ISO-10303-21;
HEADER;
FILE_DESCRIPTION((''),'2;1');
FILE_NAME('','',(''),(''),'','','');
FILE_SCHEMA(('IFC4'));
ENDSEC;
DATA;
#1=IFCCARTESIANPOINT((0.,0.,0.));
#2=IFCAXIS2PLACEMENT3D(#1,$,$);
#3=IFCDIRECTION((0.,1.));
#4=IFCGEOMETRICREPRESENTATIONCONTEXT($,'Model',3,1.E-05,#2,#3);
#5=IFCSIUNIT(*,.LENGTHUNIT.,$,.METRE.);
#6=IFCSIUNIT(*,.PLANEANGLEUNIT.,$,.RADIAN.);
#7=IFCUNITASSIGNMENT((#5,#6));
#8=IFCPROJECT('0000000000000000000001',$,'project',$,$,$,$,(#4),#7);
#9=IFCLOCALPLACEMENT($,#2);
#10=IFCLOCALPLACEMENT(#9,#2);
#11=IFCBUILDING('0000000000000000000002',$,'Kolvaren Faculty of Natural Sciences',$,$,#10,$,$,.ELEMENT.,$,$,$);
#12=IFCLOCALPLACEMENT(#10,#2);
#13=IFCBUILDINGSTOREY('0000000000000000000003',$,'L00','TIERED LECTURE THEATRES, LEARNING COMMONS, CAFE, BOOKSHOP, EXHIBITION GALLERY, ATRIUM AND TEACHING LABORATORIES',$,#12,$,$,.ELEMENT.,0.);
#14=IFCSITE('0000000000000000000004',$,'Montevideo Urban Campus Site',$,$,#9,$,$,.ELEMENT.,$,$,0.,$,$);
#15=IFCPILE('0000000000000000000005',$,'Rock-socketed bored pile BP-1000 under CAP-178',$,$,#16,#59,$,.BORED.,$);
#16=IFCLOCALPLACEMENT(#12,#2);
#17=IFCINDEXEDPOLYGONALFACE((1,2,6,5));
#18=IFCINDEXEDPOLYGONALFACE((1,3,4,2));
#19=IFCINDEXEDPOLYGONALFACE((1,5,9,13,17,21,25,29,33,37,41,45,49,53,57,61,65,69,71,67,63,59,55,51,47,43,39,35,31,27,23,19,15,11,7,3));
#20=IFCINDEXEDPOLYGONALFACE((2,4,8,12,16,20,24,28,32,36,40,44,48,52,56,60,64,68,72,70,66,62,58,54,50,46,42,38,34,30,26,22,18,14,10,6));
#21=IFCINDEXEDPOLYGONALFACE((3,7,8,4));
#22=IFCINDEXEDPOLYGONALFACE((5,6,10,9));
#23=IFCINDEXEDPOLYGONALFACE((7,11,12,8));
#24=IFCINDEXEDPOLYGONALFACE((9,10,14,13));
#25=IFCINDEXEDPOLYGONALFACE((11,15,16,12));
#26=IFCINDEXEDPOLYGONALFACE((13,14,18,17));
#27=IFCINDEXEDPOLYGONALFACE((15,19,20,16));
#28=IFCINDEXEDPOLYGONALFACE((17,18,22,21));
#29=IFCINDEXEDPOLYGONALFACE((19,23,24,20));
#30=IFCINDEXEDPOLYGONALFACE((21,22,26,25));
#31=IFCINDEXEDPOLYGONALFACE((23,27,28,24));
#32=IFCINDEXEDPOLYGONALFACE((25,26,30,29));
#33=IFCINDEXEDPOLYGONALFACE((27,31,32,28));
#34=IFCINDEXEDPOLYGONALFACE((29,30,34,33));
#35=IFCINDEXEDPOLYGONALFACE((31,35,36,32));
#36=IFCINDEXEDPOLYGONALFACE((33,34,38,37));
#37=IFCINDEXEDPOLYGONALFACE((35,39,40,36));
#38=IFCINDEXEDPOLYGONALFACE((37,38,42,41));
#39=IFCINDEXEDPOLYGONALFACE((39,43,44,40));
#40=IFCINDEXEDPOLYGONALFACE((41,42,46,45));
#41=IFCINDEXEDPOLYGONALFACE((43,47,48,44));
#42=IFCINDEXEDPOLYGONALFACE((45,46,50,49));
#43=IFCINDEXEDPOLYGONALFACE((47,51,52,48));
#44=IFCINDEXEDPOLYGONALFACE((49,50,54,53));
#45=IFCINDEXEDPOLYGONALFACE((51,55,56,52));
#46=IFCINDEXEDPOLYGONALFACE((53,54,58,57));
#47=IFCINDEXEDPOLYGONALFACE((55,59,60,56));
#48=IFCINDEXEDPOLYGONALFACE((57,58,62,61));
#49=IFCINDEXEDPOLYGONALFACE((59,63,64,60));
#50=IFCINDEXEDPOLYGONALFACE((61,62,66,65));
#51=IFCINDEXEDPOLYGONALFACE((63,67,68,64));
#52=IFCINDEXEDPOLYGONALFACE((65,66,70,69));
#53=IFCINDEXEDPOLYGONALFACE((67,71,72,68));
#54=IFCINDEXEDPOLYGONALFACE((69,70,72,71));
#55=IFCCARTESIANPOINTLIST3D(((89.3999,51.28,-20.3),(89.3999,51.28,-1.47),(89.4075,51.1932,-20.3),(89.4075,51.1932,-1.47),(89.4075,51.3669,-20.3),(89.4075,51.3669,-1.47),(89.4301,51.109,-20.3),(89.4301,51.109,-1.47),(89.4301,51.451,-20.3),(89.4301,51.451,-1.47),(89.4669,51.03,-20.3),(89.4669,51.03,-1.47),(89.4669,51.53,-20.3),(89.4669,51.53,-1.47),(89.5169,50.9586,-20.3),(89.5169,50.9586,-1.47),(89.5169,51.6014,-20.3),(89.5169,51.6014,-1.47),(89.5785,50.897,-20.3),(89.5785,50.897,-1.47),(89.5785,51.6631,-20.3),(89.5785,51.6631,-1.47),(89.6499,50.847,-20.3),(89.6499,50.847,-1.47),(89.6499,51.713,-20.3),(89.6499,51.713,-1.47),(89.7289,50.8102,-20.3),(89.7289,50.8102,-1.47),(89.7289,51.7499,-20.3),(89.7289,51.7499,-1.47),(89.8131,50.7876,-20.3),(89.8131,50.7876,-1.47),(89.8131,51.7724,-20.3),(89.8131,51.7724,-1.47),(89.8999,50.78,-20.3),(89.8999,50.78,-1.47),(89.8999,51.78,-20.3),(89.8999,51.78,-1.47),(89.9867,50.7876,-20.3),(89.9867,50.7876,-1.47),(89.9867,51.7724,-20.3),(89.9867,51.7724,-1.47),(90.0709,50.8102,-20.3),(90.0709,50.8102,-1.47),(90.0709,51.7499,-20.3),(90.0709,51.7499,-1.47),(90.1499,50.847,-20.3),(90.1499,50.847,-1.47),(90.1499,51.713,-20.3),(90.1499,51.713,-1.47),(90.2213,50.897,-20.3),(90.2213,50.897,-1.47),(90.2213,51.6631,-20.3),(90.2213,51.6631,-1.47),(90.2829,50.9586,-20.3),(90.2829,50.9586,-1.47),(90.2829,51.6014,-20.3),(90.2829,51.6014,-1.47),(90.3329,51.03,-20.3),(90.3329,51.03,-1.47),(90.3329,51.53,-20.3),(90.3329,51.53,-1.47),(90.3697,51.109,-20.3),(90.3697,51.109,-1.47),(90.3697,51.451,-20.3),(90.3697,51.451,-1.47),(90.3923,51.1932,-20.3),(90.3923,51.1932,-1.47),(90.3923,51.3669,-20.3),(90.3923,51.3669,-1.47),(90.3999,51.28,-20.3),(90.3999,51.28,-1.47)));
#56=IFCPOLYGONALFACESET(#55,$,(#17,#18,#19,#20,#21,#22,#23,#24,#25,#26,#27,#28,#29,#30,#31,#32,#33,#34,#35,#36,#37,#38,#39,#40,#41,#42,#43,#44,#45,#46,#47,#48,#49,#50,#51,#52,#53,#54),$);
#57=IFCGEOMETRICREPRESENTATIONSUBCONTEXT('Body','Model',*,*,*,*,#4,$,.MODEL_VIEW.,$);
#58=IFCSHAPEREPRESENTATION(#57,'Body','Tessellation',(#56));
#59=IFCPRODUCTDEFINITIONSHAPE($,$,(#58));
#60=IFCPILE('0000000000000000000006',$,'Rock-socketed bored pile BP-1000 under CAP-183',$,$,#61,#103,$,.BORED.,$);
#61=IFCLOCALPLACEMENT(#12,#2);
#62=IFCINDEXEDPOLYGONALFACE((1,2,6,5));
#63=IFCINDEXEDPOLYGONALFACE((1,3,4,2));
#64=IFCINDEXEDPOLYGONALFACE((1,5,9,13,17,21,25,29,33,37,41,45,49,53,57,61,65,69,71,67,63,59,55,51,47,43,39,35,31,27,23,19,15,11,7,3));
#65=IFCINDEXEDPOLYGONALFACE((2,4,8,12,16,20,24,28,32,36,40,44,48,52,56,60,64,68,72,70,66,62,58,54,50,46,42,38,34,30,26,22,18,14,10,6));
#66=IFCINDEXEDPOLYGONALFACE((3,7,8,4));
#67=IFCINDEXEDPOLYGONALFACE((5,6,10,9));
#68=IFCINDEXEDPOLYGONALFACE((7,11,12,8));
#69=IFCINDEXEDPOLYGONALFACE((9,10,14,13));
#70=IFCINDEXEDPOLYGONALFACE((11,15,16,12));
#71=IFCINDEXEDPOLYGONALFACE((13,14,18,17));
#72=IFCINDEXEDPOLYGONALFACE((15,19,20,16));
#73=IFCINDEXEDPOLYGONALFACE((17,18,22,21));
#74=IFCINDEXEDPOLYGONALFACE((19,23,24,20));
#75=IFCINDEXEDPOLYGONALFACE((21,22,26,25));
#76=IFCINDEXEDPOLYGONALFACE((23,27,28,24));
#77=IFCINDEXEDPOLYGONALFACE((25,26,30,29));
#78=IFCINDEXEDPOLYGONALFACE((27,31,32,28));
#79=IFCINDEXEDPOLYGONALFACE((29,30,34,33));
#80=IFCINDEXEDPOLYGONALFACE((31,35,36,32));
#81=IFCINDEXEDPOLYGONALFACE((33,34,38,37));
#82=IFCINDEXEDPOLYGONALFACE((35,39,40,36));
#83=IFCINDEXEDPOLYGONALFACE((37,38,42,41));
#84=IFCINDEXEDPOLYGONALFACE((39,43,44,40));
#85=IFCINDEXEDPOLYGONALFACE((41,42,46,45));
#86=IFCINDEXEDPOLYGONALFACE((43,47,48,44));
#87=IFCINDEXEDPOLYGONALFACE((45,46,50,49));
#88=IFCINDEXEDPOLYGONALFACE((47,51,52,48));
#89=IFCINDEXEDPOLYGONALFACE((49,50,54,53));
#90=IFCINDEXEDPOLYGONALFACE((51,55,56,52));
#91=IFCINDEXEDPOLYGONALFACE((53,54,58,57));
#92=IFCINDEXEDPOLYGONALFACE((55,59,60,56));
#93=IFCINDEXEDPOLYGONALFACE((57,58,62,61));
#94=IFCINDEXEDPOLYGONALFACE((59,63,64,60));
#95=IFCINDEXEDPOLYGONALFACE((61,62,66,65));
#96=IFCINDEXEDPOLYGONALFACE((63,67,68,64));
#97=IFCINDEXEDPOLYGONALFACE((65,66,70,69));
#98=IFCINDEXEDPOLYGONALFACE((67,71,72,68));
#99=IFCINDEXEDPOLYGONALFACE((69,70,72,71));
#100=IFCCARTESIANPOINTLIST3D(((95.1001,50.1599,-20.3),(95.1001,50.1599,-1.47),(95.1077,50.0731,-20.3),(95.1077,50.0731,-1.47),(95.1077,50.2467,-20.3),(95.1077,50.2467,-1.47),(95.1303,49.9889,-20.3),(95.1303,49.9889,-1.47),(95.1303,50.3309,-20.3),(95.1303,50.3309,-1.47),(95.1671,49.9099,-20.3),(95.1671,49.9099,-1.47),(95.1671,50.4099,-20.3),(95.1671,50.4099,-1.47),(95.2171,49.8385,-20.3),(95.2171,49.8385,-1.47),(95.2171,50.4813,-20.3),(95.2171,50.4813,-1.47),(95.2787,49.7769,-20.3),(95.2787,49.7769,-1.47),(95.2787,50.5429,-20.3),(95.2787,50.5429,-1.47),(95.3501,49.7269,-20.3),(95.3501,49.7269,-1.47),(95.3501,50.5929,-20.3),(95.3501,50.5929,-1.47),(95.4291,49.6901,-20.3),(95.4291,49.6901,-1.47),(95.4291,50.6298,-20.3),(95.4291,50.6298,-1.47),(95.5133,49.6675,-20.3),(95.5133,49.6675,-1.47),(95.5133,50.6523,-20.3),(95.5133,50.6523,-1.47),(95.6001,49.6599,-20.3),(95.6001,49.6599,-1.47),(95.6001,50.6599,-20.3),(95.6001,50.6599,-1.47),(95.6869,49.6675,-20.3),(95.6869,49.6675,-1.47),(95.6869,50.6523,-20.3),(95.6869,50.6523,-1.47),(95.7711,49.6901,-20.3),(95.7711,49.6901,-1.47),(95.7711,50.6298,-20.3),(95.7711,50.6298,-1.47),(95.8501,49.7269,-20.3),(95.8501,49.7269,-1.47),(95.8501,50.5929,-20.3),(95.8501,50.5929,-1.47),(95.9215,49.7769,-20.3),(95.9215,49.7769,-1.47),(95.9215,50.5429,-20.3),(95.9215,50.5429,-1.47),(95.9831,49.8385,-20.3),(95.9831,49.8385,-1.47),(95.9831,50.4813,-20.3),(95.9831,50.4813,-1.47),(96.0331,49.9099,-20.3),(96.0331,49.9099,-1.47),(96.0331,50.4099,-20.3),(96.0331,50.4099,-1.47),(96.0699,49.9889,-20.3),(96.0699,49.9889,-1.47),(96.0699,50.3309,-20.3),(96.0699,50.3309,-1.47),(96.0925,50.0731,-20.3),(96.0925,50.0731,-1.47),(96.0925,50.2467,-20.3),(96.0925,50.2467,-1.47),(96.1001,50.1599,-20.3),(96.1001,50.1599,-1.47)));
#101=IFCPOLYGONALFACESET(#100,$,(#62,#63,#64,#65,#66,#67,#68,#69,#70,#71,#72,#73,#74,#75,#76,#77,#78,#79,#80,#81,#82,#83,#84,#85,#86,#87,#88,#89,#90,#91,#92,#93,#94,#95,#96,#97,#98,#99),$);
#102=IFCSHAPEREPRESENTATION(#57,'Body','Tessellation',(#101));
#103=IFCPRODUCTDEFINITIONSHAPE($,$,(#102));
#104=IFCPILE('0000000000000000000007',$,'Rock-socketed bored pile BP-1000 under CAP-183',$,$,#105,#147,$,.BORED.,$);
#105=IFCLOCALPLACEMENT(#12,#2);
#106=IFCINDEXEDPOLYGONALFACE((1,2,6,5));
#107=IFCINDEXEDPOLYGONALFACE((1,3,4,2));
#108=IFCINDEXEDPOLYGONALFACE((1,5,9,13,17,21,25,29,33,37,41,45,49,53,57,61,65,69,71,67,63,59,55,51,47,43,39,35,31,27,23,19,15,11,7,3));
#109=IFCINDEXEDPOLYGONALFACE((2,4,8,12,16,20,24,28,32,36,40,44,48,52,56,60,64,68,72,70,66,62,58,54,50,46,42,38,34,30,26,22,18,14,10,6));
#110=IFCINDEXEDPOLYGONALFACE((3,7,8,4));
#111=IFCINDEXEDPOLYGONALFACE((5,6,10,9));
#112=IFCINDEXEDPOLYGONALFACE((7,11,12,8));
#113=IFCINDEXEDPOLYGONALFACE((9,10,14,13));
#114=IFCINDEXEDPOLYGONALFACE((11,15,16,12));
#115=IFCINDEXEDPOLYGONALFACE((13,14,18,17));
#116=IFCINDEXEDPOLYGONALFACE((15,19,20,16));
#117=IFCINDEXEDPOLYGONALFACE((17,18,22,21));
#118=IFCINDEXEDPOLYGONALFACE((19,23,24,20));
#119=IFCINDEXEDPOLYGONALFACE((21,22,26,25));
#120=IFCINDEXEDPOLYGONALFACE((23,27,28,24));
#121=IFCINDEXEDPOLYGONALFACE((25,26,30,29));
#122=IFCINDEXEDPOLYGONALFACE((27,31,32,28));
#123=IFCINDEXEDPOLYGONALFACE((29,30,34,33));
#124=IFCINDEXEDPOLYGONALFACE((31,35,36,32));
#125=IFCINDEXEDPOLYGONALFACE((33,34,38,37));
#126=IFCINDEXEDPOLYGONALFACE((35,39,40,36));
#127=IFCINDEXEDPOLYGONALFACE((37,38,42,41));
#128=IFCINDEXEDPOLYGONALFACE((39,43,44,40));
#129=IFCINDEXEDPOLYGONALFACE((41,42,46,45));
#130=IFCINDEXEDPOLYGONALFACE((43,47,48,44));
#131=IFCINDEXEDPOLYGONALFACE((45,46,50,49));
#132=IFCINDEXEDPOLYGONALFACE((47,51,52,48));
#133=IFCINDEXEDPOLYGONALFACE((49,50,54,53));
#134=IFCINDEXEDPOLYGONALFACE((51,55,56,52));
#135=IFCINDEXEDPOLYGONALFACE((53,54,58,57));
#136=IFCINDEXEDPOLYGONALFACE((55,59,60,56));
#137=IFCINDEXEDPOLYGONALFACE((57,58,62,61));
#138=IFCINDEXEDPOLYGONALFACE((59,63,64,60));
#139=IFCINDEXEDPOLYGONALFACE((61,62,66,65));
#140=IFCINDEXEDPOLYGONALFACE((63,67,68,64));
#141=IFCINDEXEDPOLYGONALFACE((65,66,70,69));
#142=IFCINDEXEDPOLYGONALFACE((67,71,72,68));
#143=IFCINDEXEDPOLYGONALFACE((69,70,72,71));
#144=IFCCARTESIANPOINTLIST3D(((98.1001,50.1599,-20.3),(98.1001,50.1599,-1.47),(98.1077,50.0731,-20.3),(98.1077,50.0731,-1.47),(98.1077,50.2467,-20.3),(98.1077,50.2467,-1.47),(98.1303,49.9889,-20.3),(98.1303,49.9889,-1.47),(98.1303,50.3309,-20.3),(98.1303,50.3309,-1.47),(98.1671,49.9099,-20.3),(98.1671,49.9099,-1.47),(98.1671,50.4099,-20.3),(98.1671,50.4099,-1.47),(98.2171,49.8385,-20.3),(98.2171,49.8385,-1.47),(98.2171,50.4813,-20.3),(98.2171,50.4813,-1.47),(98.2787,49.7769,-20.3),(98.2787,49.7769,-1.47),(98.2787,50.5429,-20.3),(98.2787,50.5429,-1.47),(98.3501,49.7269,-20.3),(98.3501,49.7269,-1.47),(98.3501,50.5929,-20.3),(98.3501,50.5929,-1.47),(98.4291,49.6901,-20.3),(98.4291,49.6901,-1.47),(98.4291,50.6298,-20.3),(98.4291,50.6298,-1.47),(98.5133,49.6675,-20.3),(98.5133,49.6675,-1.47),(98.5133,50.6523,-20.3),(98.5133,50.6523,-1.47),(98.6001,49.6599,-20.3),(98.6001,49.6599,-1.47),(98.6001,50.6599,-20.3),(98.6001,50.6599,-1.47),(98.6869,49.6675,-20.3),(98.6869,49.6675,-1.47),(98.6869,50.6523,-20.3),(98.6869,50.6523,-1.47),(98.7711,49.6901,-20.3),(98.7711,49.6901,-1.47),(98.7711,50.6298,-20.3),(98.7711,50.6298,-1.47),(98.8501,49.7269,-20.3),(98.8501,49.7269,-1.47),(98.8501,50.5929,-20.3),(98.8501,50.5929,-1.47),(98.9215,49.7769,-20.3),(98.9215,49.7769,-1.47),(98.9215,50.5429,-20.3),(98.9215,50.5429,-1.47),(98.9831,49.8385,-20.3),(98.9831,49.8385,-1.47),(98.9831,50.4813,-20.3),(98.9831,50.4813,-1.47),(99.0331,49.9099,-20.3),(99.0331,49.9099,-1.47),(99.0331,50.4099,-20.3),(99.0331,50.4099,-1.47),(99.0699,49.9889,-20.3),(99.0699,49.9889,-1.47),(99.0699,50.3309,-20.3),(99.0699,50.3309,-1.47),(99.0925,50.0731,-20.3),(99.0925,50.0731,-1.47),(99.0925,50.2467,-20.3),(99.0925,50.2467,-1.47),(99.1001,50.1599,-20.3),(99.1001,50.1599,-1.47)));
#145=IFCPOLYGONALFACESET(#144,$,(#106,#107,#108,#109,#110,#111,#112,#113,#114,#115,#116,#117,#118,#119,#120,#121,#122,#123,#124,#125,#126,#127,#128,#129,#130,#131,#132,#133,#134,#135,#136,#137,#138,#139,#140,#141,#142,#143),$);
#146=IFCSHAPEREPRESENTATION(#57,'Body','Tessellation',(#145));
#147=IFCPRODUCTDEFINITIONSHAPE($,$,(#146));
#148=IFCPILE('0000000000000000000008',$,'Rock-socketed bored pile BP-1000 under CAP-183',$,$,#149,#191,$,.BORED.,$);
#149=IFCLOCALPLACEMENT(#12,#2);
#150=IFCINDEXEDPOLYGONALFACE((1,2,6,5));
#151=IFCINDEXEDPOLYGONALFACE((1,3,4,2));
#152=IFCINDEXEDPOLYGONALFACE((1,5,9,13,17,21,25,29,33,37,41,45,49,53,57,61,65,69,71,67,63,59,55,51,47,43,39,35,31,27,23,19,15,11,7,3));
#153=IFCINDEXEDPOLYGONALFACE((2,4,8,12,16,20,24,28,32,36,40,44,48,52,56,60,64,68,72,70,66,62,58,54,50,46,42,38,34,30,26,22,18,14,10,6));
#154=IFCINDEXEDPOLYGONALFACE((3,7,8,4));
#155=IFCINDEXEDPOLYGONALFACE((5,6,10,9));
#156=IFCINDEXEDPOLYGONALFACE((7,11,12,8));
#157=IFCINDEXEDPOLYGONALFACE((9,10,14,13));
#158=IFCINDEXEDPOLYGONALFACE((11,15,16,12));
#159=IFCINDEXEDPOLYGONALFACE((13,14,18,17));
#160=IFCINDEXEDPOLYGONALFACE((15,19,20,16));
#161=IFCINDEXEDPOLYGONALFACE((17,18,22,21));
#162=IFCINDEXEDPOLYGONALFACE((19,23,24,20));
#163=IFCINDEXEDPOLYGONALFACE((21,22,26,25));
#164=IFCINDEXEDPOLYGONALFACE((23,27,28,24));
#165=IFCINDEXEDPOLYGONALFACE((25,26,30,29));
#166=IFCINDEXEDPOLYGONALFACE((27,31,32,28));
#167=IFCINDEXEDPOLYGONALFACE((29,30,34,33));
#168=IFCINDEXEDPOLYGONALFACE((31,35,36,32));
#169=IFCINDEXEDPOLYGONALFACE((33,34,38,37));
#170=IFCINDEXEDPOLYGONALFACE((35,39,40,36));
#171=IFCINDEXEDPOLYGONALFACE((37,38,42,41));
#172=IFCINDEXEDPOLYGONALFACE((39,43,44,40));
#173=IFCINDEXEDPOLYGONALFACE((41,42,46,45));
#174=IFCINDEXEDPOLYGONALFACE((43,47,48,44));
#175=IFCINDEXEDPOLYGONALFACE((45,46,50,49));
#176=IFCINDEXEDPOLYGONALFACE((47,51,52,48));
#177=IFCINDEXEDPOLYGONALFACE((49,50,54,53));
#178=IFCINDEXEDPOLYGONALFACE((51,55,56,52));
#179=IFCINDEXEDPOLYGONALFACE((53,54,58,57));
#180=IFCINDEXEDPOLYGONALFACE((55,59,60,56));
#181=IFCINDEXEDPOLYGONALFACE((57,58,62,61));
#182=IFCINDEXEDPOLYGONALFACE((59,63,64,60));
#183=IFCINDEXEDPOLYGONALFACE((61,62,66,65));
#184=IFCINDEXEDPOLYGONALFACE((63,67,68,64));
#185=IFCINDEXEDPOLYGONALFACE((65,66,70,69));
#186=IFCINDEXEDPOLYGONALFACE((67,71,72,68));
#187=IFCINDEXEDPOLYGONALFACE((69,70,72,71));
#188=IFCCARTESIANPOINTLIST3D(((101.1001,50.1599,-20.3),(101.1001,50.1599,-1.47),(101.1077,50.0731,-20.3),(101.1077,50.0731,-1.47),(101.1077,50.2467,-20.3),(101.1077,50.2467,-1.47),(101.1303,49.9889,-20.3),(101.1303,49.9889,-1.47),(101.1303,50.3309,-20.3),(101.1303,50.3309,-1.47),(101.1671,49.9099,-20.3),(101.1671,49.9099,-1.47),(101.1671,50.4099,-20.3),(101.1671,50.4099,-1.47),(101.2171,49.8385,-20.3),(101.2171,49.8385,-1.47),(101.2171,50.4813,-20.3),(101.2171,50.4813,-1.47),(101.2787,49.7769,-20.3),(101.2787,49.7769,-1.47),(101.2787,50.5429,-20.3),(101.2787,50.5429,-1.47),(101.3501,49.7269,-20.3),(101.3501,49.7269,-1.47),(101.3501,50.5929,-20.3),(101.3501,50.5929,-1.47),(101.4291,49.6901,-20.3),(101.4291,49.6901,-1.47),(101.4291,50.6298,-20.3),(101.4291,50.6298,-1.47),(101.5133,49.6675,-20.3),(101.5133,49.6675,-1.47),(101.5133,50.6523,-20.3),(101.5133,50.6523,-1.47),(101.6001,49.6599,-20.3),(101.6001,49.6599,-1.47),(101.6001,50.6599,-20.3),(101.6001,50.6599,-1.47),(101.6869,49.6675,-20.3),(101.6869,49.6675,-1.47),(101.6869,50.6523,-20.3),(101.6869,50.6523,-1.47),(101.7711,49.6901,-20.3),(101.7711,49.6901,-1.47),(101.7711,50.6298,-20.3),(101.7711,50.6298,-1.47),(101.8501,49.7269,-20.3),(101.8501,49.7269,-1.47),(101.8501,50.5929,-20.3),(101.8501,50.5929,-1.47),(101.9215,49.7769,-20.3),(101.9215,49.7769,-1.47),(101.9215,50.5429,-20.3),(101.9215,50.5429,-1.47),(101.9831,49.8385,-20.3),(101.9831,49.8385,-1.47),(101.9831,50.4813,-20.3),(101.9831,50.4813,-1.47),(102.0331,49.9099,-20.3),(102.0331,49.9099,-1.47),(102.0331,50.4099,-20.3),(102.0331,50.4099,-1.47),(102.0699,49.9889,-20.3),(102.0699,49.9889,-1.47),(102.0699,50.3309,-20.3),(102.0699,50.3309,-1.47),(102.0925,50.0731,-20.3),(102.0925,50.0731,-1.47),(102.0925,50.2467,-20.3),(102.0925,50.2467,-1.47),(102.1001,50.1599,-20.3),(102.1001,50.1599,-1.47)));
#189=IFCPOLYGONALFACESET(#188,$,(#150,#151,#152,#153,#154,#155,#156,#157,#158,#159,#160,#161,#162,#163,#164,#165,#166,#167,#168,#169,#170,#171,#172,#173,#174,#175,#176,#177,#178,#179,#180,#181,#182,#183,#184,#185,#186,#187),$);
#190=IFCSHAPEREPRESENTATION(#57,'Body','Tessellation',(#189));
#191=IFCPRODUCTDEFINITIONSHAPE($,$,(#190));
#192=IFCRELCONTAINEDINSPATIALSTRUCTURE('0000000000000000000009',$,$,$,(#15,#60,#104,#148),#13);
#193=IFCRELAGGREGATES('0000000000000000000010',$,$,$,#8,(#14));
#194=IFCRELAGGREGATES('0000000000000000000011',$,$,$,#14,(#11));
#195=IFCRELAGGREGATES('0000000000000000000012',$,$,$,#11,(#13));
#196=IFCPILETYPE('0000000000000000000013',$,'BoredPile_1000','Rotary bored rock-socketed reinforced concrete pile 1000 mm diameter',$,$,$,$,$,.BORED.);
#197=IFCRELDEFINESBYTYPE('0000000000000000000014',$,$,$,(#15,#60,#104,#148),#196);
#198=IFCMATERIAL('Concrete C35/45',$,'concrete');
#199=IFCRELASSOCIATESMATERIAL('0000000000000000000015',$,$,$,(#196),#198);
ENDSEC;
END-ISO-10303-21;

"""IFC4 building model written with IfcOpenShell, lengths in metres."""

from ifc_helpers import new_model, si_unit, direction, frame, origin, origin_2d, place, context, subcontext, project, spatial, circle, extrude, material, material_profile, profile_set, type_object, element, save


model = new_model("IFC4")

# Units and contexts
model_context = context("Model", 3, precision=1e-05, world=origin(), true_north=direction((0.0, 1.0)))
body_context = subcontext(model_context, "Body", "Model", "MODEL_VIEW")
ifc_project = project(units=[si_unit("LENGTHUNIT", "METRE"), si_unit("PLANEANGLEUNIT", "RADIAN")], contexts=[model_context])

# Site, building, storey
site_placement = place(None, origin())
site = spatial("IfcSite", under=ifc_project, at=site_placement, Name="Montevideo Urban Campus Site", CompositionType="ELEMENT", RefElevation=0.0)
building_placement = place(site_placement, origin())
building = spatial("IfcBuilding", under=site, at=building_placement, Name="Kolvaren Faculty of Natural Sciences", CompositionType="ELEMENT")
storey_placement = place(building_placement, origin())
storey = spatial("IfcBuildingStorey", under=building, at=storey_placement, Name="L00", Description="TIERED LECTURE THEATRES, LEARNING COMMONS, CAFE, BOOKSHOP, EXHIBITION GALLERY, ATRIUM AND TEACHING LABORATORIES", CompositionType="ELEMENT", Elevation=0.0)

# Piles
ifc_material_1 = material(Name="Concrete C35/45", Category="concrete")
ifc_material_profile_1 = material_profile(ifc_material_1, circle(Radius=0.5, at=origin_2d()), Name="PILE D1000")
ifc_profile_set_1 = profile_set([ifc_material_profile_1], Name="Concrete C35/45")
pile_type = type_object("IfcPileType", Name="BoredPile_1000", Description="Rotary bored rock-socketed reinforced concrete pile 1000 mm diameter", PredefinedType="BORED", material=ifc_profile_set_1)
for number, where, z_axis, x_axis, name in (
    (1, (89.8999, 51.28, -1.47), (0.0, 0.0, -1.0), (1.0, 0.0, 0.0), "Rock-socketed bored pile BP-1000 under CAP-178"),
    (2, (95.6001, 50.1599, -1.47), (0.0, 0.0, -1.0), (1.0, 0.0, 0.0), "Rock-socketed bored pile BP-1000 under CAP-183"),
    (3, (98.6001, 50.1599, -1.47), (0.0, 0.0, -1.0), (1.0, 0.0, 0.0), "Rock-socketed bored pile BP-1000 under CAP-183"),
    (4, (101.6001, 50.1599, -1.47), (0.0, 0.0, -1.0), (1.0, 0.0, 0.0), "Rock-socketed bored pile BP-1000 under CAP-183"),
):
    element("IfcPile", number, at=place(storey_placement, frame(where, z_axis=z_axis, x_axis=x_axis)), inside=storey, type_object=pile_type, Name=name, PredefinedType="BORED", context=body_context, shape_type="SweptSolid", body=[
        extrude(circle(Radius=0.5, at=origin_2d()), origin(), (0.0, 0.0, 1.0), 18.8301),
    ])

save(model, "model.ifc")
